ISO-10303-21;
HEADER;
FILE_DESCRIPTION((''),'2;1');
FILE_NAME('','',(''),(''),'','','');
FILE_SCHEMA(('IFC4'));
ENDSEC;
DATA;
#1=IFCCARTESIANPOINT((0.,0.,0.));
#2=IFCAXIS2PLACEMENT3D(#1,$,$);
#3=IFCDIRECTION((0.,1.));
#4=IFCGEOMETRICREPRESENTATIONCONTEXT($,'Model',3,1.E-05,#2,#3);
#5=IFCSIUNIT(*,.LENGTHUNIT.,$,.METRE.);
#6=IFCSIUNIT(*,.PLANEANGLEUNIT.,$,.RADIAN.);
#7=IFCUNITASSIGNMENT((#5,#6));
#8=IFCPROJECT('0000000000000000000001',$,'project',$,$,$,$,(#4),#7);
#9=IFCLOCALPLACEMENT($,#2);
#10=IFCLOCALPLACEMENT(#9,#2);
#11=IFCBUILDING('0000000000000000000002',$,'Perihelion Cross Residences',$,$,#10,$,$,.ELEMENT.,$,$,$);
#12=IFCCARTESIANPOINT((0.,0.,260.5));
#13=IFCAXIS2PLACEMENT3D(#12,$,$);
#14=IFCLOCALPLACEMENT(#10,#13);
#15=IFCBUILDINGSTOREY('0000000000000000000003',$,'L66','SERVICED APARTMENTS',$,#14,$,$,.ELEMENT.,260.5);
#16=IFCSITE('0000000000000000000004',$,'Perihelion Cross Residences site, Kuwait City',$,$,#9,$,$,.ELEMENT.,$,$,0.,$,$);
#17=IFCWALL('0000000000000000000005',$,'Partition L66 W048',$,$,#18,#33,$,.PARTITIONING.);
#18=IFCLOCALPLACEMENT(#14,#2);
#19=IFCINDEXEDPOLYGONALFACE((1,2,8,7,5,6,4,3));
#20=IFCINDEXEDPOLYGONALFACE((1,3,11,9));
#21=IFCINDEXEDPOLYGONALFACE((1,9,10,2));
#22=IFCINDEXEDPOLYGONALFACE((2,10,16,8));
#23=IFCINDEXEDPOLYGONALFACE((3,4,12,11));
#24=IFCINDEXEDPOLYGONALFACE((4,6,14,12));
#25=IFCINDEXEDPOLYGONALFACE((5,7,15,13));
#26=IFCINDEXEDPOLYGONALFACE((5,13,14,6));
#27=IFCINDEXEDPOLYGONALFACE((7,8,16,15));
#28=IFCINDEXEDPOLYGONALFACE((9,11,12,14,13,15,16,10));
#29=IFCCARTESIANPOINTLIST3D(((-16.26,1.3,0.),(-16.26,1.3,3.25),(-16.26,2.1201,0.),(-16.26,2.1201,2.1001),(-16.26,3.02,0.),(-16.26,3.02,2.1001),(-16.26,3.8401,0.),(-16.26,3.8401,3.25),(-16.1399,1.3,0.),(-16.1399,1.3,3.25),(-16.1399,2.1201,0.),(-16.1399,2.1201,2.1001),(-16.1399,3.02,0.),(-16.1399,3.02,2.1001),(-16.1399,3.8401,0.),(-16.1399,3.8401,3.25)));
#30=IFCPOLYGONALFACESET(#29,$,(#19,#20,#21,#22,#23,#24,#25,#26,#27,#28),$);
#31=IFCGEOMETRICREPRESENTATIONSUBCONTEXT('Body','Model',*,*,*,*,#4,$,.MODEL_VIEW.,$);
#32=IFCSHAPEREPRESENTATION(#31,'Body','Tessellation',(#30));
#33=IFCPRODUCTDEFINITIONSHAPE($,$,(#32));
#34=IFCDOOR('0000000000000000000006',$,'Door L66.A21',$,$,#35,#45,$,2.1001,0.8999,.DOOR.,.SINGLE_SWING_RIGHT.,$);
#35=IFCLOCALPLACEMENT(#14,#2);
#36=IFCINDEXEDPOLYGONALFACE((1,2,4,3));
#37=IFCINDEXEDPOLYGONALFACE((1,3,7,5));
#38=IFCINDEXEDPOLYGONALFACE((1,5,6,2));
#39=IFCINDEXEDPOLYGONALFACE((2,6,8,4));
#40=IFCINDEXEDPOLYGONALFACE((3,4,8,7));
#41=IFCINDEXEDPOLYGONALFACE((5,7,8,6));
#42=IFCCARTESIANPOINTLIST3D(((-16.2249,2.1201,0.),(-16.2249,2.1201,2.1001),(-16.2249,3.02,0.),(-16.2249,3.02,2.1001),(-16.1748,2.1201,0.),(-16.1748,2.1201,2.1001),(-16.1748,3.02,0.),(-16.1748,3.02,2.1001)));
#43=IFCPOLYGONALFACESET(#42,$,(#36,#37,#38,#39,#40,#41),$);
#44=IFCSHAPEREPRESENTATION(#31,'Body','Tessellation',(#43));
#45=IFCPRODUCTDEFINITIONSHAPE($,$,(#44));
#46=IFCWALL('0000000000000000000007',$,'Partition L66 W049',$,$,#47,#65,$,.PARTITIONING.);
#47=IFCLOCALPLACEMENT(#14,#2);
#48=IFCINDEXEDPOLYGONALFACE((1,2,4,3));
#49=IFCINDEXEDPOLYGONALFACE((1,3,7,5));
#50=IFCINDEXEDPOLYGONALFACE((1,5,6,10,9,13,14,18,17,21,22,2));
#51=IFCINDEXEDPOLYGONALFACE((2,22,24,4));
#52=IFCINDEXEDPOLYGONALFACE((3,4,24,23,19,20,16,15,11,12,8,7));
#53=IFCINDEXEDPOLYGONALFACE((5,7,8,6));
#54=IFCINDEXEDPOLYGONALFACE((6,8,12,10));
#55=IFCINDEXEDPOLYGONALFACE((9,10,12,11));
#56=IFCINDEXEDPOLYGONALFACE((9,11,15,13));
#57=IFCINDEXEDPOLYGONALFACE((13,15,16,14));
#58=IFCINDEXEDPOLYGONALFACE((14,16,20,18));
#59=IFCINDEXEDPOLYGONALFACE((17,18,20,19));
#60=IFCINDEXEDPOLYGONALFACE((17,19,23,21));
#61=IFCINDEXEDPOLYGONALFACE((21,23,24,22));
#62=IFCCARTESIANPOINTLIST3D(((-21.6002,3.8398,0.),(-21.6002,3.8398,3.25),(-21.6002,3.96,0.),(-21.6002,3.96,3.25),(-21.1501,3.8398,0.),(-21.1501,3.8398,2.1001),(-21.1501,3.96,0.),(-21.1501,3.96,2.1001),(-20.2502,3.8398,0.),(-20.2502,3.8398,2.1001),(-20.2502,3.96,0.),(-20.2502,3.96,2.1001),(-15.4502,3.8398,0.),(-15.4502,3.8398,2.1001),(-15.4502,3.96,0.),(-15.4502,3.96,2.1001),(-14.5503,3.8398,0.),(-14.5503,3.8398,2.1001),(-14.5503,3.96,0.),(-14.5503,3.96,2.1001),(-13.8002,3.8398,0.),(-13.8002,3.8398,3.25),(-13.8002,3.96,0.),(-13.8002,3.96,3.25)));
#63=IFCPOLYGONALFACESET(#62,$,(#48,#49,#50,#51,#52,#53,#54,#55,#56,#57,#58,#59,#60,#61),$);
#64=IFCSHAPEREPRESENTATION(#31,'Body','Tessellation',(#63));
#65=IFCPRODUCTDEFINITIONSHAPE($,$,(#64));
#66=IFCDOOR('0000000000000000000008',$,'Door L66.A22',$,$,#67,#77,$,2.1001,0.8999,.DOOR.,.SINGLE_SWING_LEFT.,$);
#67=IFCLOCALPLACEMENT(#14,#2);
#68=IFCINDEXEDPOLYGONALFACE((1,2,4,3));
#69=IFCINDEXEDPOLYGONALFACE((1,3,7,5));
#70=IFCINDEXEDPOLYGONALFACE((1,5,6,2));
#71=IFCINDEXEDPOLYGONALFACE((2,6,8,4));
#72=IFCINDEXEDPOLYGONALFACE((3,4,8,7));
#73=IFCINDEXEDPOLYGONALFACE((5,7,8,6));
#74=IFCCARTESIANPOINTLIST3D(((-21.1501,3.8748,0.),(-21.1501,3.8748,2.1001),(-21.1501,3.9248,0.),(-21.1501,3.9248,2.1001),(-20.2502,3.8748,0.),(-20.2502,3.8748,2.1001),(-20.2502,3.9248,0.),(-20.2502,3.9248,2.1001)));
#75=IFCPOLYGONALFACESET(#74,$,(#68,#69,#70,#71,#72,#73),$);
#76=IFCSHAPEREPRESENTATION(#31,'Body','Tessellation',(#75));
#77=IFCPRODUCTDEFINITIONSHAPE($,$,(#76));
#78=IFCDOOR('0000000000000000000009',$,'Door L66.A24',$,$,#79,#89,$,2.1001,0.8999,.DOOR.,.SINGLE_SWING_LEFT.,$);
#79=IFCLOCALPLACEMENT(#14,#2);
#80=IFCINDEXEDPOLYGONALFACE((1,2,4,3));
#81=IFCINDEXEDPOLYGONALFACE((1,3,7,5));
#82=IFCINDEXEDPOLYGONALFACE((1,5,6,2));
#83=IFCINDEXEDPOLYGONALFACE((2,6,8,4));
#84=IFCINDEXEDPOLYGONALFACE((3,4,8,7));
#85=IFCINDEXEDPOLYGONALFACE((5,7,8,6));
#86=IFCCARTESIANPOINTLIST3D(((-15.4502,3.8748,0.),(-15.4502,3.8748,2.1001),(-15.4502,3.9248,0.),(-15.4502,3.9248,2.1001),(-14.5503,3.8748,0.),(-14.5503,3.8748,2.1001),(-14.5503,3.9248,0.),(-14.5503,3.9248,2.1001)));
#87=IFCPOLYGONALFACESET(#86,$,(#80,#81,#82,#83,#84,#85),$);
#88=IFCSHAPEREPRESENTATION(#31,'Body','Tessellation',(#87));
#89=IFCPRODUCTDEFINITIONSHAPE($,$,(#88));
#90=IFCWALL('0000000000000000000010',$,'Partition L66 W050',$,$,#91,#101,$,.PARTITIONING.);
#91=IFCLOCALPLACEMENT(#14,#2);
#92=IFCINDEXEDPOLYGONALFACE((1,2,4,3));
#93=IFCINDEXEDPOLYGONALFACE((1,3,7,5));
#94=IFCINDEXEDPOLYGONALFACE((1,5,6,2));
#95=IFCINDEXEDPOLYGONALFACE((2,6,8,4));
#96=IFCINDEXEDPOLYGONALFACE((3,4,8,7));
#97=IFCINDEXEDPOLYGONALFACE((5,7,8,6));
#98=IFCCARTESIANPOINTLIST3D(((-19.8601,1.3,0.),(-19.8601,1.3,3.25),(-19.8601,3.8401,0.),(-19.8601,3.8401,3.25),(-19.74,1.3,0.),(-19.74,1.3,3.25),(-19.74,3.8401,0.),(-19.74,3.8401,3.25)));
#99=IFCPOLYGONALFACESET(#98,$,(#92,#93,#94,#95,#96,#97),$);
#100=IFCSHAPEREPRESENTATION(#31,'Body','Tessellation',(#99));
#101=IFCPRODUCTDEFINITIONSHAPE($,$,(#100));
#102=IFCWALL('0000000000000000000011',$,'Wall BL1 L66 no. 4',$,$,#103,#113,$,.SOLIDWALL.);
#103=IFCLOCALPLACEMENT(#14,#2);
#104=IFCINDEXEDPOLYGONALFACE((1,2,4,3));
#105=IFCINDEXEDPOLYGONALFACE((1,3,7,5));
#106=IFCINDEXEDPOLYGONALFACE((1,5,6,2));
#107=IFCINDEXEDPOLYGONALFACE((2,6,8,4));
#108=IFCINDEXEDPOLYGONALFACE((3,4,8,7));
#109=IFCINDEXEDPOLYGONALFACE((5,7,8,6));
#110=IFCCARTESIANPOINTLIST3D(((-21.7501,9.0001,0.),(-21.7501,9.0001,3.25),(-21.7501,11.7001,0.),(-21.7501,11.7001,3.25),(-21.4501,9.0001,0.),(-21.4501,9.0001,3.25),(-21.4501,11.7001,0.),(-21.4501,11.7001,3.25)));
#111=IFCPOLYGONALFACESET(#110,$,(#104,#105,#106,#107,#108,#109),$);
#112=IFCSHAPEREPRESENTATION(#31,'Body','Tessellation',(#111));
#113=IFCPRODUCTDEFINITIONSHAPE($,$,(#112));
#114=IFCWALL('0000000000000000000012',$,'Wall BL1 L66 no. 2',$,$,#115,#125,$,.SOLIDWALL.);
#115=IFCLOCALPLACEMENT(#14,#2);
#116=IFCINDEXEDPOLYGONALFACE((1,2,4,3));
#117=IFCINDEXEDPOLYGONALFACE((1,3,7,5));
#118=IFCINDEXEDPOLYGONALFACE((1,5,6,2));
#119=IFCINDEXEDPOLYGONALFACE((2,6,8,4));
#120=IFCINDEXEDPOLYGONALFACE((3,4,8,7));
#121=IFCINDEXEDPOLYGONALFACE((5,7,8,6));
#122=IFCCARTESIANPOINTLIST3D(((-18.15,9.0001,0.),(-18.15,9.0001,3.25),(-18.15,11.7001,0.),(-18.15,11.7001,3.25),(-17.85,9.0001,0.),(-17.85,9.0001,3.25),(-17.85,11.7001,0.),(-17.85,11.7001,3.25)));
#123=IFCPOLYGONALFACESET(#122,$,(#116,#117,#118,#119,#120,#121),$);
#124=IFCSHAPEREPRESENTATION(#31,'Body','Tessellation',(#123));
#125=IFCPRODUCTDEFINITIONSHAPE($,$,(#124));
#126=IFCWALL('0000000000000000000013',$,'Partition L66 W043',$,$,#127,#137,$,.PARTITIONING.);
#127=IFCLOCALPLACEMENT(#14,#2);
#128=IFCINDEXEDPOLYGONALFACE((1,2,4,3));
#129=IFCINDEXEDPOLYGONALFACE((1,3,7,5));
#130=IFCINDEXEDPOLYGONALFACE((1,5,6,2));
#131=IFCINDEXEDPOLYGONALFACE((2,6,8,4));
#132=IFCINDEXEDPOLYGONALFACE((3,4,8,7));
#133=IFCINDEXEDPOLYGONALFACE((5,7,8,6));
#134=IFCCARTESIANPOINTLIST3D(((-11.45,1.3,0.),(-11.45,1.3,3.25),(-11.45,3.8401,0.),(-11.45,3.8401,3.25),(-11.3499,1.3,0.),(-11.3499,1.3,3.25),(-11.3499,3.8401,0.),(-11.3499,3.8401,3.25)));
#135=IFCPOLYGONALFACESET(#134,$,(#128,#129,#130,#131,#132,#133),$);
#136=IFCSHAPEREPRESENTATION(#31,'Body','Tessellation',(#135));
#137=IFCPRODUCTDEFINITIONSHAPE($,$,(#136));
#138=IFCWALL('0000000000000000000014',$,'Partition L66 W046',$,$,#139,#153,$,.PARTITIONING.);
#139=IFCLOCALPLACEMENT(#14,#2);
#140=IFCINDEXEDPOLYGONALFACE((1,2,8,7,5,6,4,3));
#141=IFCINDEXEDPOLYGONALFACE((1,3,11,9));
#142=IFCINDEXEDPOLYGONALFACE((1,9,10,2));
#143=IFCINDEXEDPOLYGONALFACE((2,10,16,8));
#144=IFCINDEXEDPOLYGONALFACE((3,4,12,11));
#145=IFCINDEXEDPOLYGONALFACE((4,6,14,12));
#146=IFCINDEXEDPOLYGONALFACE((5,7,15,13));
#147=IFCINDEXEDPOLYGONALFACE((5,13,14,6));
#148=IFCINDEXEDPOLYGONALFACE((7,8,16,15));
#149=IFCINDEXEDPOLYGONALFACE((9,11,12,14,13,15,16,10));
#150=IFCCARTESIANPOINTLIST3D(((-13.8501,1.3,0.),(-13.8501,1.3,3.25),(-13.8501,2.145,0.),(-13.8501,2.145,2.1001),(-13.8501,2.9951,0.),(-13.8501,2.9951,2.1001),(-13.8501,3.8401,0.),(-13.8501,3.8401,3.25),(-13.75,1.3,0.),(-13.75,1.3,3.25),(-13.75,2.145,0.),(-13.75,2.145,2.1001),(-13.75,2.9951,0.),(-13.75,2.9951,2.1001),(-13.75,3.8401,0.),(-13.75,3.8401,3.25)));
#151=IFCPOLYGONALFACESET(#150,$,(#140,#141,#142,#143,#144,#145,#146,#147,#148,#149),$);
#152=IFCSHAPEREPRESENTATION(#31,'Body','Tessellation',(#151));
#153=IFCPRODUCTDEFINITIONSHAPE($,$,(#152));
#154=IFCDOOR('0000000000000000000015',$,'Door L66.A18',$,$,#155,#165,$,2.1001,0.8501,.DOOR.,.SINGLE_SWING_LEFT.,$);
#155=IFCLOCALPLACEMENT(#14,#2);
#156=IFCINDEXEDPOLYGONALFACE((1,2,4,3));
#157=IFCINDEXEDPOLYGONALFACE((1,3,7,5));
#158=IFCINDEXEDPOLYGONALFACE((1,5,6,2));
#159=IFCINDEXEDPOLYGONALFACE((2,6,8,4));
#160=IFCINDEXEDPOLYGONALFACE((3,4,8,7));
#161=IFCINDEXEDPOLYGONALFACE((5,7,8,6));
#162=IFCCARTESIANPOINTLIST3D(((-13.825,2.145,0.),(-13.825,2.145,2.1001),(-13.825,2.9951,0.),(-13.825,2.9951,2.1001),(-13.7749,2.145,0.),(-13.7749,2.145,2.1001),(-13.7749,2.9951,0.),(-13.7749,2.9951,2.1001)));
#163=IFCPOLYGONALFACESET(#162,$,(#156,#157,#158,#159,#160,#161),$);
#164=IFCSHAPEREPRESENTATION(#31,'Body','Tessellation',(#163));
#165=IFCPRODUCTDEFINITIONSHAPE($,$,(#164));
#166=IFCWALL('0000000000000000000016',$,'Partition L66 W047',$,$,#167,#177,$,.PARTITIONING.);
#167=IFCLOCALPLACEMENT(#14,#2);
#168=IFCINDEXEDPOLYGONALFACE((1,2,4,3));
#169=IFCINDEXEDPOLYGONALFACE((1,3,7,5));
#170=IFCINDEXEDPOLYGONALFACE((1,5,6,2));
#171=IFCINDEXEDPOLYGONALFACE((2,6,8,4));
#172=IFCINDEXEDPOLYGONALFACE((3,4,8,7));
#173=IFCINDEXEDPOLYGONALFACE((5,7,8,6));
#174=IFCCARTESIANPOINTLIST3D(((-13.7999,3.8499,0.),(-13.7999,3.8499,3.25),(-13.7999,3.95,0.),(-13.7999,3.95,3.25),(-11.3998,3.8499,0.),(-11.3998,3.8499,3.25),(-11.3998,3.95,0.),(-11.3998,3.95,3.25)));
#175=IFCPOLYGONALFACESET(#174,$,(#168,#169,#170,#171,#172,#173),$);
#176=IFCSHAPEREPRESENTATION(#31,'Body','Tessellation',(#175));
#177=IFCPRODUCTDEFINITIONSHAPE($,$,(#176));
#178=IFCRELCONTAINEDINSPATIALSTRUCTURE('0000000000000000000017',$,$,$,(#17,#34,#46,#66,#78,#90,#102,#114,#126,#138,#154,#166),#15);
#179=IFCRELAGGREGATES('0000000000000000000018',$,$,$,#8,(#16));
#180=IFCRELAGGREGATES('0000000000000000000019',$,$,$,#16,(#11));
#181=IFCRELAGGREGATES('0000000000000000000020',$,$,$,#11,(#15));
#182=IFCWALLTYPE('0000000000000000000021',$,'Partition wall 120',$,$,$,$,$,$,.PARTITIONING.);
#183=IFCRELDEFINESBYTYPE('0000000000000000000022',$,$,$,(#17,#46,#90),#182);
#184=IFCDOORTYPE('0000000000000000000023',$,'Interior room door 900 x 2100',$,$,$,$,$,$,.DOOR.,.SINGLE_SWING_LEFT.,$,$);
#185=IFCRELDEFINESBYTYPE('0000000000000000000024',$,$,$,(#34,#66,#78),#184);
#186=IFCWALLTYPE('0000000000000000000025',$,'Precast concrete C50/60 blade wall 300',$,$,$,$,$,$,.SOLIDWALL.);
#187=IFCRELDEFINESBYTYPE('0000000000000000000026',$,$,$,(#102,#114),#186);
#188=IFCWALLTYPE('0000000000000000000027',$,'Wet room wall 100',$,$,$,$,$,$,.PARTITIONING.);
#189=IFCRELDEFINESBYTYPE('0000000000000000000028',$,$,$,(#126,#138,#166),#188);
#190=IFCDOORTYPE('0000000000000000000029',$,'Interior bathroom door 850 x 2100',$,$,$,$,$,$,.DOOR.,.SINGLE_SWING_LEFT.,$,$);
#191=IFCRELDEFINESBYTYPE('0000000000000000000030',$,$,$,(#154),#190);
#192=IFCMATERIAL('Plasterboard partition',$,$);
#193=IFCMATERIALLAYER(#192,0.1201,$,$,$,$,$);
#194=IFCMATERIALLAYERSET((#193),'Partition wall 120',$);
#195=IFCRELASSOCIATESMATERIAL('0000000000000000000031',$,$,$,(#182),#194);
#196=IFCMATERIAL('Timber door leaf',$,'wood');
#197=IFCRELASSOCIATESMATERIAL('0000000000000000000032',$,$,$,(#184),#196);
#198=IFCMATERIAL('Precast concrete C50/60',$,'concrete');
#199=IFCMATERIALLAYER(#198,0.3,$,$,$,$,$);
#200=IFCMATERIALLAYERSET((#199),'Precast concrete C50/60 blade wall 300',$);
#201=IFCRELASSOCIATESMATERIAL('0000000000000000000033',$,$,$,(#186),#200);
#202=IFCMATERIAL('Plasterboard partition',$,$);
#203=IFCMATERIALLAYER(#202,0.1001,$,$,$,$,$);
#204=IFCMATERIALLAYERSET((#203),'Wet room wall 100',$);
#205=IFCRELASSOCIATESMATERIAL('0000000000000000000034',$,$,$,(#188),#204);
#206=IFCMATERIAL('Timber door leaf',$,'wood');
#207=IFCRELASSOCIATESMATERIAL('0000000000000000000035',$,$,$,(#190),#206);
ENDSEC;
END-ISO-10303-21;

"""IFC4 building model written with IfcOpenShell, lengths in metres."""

from ifc_helpers import new_model, si_unit, direction, frame, frame_2d, origin, place, context, subcontext, project, spatial, rectangle, extrude, material, layer, layer_set, type_object, element, fill, save


model = new_model("IFC4")

# Units and contexts
model_context = context("Model", 3, precision=1e-05, world=origin(), true_north=direction((0.0, 1.0)))
body_context = subcontext(model_context, "Body", "Model", "MODEL_VIEW")
ifc_project = project(units=[si_unit("LENGTHUNIT", "METRE"), si_unit("PLANEANGLEUNIT", "RADIAN")], contexts=[model_context])

# Site, building, storey
site_placement = place(None, origin())
site = spatial("IfcSite", under=ifc_project, at=site_placement, Name="Perihelion Cross Residences site, Kuwait City", CompositionType="ELEMENT", RefElevation=0.0)
building_placement = place(site_placement, origin())
building = spatial("IfcBuilding", under=site, at=building_placement, Name="Perihelion Cross Residences", CompositionType="ELEMENT")
storey_placement = place(building_placement, frame((0.0, 0.0, 260.5)))
storey = spatial("IfcBuildingStorey", under=building, at=storey_placement, Name="L66", Description="SERVICED APARTMENTS", CompositionType="ELEMENT", Elevation=260.5)

# Wall, opening, door
ifc_material_1 = material(Name="Plasterboard partition")
ifc_layer_1 = layer(ifc_material_1, 0.1201)
ifc_layer_set_1 = layer_set([ifc_layer_1], Name="Partition wall 120")
wall_type_1 = type_object("IfcWallType", Name="Partition wall 120", PredefinedType="PARTITIONING", material=ifc_layer_set_1)
wall_1_placement = place(storey_placement, frame((-16.2, 1.3, 0.0), z_axis=(0.0, 0.0, 1.0), x_axis=(0.0, 1.0, 0.0)))
wall_1 = element("IfcWall", 1, at=wall_1_placement, inside=storey, type_object=wall_type_1, Name="Partition L66 W048", PredefinedType="PARTITIONING", context=body_context, shape_type="SweptSolid", body=[
    extrude(rectangle(XDim=2.54, YDim=0.1201, at=frame_2d((1.27, 0.0))), origin(), (0.0, 0.0, 1.0), 3.25),
])
opening_1_placement = place(wall_1_placement, frame((0.8201, 0.0, 0.0)))
opening_1 = element("IfcOpeningElement", 2, at=opening_1_placement, cuts=wall_1, PredefinedType="OPENING", context=body_context, shape_type="SweptSolid", body=[
    extrude(rectangle(XDim=0.8999, YDim=2.1001, at=frame_2d((0.45, 1.05))), frame((0.0, 0.0701, 0.0), z_axis=(0.0, -1.0, 0.0), x_axis=(1.0, 0.0, 0.0)), (0.0, 0.0, 1.0), 0.1401),
])
ifc_material_2 = material(Name="Timber door leaf", Category="wood")
door_type_1 = type_object("IfcDoorType", Name="Interior room door 900 x 2100", OperationType="SINGLE_SWING_LEFT", PredefinedType="DOOR", material=ifc_material_2)
door_1_placement = place(opening_1_placement, origin())
door_1 = element("IfcDoor", 3, at=door_1_placement, inside=storey, type_object=door_type_1, Name="Door L66.A21", OperationType="SINGLE_SWING_RIGHT", OverallHeight=2.1001, OverallWidth=0.8999, PredefinedType="DOOR", context=body_context, shape_type="SweptSolid", body=[
    extrude(rectangle(XDim=0.8999, YDim=2.1001, at=frame_2d((0.45, 1.05))), frame((0.0, 0.0249, 0.0), z_axis=(0.0, -1.0, 0.0), x_axis=(1.0, 0.0, 0.0)), (0.0, 0.0, 1.0), 0.05),
])
fill(opening_1, door_1)

# Wall, openings, doors
wall_2_placement = place(storey_placement, frame((-21.6001, 3.8999, 0.0), z_axis=(0.0, 0.0, 1.0), x_axis=(1.0, 0.0, 0.0)))
wall_2 = element("IfcWall", 4, at=wall_2_placement, inside=storey, type_object=wall_type_1, Name="Partition L66 W049", PredefinedType="PARTITIONING", context=body_context, shape_type="SweptSolid", body=[
    extrude(rectangle(XDim=7.8, YDim=0.1201, at=frame_2d((3.8999, 0.0))), origin(), (0.0, 0.0, 1.0), 3.25),
])
opening_2_placement = place(wall_2_placement, frame((0.45, 0.0, 0.0)))
opening_2 = element("IfcOpeningElement", 5, at=opening_2_placement, cuts=wall_2, PredefinedType="OPENING", context=body_context, shape_type="SweptSolid", body=[
    extrude(rectangle(XDim=0.8999, YDim=2.1001, at=frame_2d((0.45, 1.05))), frame((0.0, 0.0701, 0.0), z_axis=(0.0, -1.0, 0.0), x_axis=(1.0, 0.0, 0.0)), (0.0, 0.0, 1.0), 0.1401),
])
opening_3_placement = place(wall_2_placement, frame((6.1499, 0.0, 0.0)))
opening_3 = element("IfcOpeningElement", 6, at=opening_3_placement, cuts=wall_2, PredefinedType="OPENING", context=body_context, shape_type="SweptSolid", body=[
    extrude(rectangle(XDim=0.8999, YDim=2.1001, at=frame_2d((0.45, 1.05))), frame((0.0, 0.0701, 0.0), z_axis=(0.0, -1.0, 0.0), x_axis=(1.0, 0.0, 0.0)), (0.0, 0.0, 1.0), 0.1401),
])
door_2_placement = place(opening_2_placement, origin())
door_2 = element("IfcDoor", 7, at=door_2_placement, inside=storey, type_object=door_type_1, Name="Door L66.A22", OperationType="SINGLE_SWING_LEFT", OverallHeight=2.1001, OverallWidth=0.8999, PredefinedType="DOOR", context=body_context, shape_type="SweptSolid", body=[
    extrude(rectangle(XDim=0.8999, YDim=2.1001, at=frame_2d((0.45, 1.05))), frame((0.0, 0.0249, 0.0), z_axis=(0.0, -1.0, 0.0), x_axis=(1.0, 0.0, 0.0)), (0.0, 0.0, 1.0), 0.05),
])
fill(opening_2, door_2)
door_3_placement = place(opening_3_placement, origin())
door_3 = element("IfcDoor", 8, at=door_3_placement, inside=storey, type_object=door_type_1, Name="Door L66.A24", OperationType="SINGLE_SWING_LEFT", OverallHeight=2.1001, OverallWidth=0.8999, PredefinedType="DOOR", context=body_context, shape_type="SweptSolid", body=[
    extrude(rectangle(XDim=0.8999, YDim=2.1001, at=frame_2d((0.45, 1.05))), frame((0.0, 0.0249, 0.0), z_axis=(0.0, -1.0, 0.0), x_axis=(1.0, 0.0, 0.0)), (0.0, 0.0, 1.0), 0.05),
])
fill(opening_3, door_3)

# Walls
wall_3_placement = place(storey_placement, frame((-19.8, 1.3, 0.0), z_axis=(0.0, 0.0, 1.0), x_axis=(0.0, 1.0, 0.0)))
element("IfcWall", 9, at=wall_3_placement, inside=storey, type_object=wall_type_1, Name="Partition L66 W050", PredefinedType="PARTITIONING", context=body_context, shape_type="SweptSolid", body=[
    extrude(rectangle(XDim=2.54, YDim=0.1201, at=frame_2d((1.27, 0.0))), origin(), (0.0, 0.0, 1.0), 3.25),
])
ifc_material_3 = material(Name="Precast concrete C50/60", Category="concrete")
ifc_layer_2 = layer(ifc_material_3, 0.3)
ifc_layer_set_2 = layer_set([ifc_layer_2], Name="Precast concrete C50/60 blade wall 300")
wall_type_2 = type_object("IfcWallType", Name="Precast concrete C50/60 blade wall 300", PredefinedType="SOLIDWALL", material=ifc_layer_set_2)
for number, where, z_axis, x_axis, name in (
    (10, (-21.6001, 9.0, 0.0), (0.0, 0.0, 1.0), (0.0, 1.0, 0.0), "Wall BL1 L66 no. 4"),
    (11, (-18.0, 9.0, 0.0), (0.0, 0.0, 1.0), (0.0, 1.0, 0.0), "Wall BL1 L66 no. 2"),
):
    element("IfcWall", number, at=place(storey_placement, frame(where, z_axis=z_axis, x_axis=x_axis)), inside=storey, type_object=wall_type_2, Name=name, PredefinedType="SOLIDWALL", context=body_context, shape_type="SweptSolid", body=[
        extrude(rectangle(XDim=2.7, YDim=0.3, at=frame_2d((1.3501, 0.0))), origin(), (0.0, 0.0, 1.0), 3.25),
    ])
ifc_material_4 = material(Name="Plasterboard partition")
ifc_layer_3 = layer(ifc_material_4, 0.1001)
ifc_layer_set_3 = layer_set([ifc_layer_3], Name="Wet room wall 100")
wall_type_3 = type_object("IfcWallType", Name="Wet room wall 100", PredefinedType="PARTITIONING", material=ifc_layer_set_3)
wall_4_placement = place(storey_placement, frame((-11.3999, 1.3, 0.0), z_axis=(0.0, 0.0, 1.0), x_axis=(0.0, 1.0, 0.0)))
element("IfcWall", 12, at=wall_4_placement, inside=storey, type_object=wall_type_3, Name="Partition L66 W043", PredefinedType="PARTITIONING", context=body_context, shape_type="SweptSolid", body=[
    extrude(rectangle(XDim=2.54, YDim=0.1001, at=frame_2d((1.27, 0.0))), origin(), (0.0, 0.0, 1.0), 3.25),
])

# Wall, opening, door
wall_5_placement = place(storey_placement, frame((-13.8, 1.3, 0.0), z_axis=(0.0, 0.0, 1.0), x_axis=(0.0, 1.0, 0.0)))
wall_5 = element("IfcWall", 13, at=wall_5_placement, inside=storey, type_object=wall_type_3, Name="Partition L66 W046", PredefinedType="PARTITIONING", context=body_context, shape_type="SweptSolid", body=[
    extrude(rectangle(XDim=2.54, YDim=0.1001, at=frame_2d((1.27, 0.0))), origin(), (0.0, 0.0, 1.0), 3.25),
])
opening_4_placement = place(wall_5_placement, frame((0.845, 0.0, 0.0)))
opening_4 = element("IfcOpeningElement", 14, at=opening_4_placement, cuts=wall_5, PredefinedType="OPENING", context=body_context, shape_type="SweptSolid", body=[
    extrude(rectangle(XDim=0.8501, YDim=2.1001, at=frame_2d((0.425, 1.05))), frame((0.0, 0.0601, 0.0), z_axis=(0.0, -1.0, 0.0), x_axis=(1.0, 0.0, 0.0)), (0.0, 0.0, 1.0), 0.1201),
])
ifc_material_5 = material(Name="Timber door leaf", Category="wood")
door_type_2 = type_object("IfcDoorType", Name="Interior bathroom door 850 x 2100", OperationType="SINGLE_SWING_LEFT", PredefinedType="DOOR", material=ifc_material_5)
door_4_placement = place(opening_4_placement, origin())
door_4 = element("IfcDoor", 15, at=door_4_placement, inside=storey, type_object=door_type_2, Name="Door L66.A18", OperationType="SINGLE_SWING_LEFT", OverallHeight=2.1001, OverallWidth=0.8501, PredefinedType="DOOR", context=body_context, shape_type="SweptSolid", body=[
    extrude(rectangle(XDim=0.8501, YDim=2.1001, at=frame_2d((0.425, 1.05))), frame((0.0, 0.0249, 0.0), z_axis=(0.0, -1.0, 0.0), x_axis=(1.0, 0.0, 0.0)), (0.0, 0.0, 1.0), 0.05),
])
fill(opening_4, door_4)

# Wall
wall_6_placement = place(storey_placement, frame((-13.8, 3.8999, 0.0), z_axis=(0.0, 0.0, 1.0), x_axis=(1.0, 0.0, 0.0)))
element("IfcWall", 16, at=wall_6_placement, inside=storey, type_object=wall_type_3, Name="Partition L66 W047", PredefinedType="PARTITIONING", context=body_context, shape_type="SweptSolid", body=[
    extrude(rectangle(XDim=2.4001, YDim=0.1001, at=frame_2d((1.2002, 0.0))), origin(), (0.0, 0.0, 1.0), 3.25),
])

save(model, "model.ifc")
